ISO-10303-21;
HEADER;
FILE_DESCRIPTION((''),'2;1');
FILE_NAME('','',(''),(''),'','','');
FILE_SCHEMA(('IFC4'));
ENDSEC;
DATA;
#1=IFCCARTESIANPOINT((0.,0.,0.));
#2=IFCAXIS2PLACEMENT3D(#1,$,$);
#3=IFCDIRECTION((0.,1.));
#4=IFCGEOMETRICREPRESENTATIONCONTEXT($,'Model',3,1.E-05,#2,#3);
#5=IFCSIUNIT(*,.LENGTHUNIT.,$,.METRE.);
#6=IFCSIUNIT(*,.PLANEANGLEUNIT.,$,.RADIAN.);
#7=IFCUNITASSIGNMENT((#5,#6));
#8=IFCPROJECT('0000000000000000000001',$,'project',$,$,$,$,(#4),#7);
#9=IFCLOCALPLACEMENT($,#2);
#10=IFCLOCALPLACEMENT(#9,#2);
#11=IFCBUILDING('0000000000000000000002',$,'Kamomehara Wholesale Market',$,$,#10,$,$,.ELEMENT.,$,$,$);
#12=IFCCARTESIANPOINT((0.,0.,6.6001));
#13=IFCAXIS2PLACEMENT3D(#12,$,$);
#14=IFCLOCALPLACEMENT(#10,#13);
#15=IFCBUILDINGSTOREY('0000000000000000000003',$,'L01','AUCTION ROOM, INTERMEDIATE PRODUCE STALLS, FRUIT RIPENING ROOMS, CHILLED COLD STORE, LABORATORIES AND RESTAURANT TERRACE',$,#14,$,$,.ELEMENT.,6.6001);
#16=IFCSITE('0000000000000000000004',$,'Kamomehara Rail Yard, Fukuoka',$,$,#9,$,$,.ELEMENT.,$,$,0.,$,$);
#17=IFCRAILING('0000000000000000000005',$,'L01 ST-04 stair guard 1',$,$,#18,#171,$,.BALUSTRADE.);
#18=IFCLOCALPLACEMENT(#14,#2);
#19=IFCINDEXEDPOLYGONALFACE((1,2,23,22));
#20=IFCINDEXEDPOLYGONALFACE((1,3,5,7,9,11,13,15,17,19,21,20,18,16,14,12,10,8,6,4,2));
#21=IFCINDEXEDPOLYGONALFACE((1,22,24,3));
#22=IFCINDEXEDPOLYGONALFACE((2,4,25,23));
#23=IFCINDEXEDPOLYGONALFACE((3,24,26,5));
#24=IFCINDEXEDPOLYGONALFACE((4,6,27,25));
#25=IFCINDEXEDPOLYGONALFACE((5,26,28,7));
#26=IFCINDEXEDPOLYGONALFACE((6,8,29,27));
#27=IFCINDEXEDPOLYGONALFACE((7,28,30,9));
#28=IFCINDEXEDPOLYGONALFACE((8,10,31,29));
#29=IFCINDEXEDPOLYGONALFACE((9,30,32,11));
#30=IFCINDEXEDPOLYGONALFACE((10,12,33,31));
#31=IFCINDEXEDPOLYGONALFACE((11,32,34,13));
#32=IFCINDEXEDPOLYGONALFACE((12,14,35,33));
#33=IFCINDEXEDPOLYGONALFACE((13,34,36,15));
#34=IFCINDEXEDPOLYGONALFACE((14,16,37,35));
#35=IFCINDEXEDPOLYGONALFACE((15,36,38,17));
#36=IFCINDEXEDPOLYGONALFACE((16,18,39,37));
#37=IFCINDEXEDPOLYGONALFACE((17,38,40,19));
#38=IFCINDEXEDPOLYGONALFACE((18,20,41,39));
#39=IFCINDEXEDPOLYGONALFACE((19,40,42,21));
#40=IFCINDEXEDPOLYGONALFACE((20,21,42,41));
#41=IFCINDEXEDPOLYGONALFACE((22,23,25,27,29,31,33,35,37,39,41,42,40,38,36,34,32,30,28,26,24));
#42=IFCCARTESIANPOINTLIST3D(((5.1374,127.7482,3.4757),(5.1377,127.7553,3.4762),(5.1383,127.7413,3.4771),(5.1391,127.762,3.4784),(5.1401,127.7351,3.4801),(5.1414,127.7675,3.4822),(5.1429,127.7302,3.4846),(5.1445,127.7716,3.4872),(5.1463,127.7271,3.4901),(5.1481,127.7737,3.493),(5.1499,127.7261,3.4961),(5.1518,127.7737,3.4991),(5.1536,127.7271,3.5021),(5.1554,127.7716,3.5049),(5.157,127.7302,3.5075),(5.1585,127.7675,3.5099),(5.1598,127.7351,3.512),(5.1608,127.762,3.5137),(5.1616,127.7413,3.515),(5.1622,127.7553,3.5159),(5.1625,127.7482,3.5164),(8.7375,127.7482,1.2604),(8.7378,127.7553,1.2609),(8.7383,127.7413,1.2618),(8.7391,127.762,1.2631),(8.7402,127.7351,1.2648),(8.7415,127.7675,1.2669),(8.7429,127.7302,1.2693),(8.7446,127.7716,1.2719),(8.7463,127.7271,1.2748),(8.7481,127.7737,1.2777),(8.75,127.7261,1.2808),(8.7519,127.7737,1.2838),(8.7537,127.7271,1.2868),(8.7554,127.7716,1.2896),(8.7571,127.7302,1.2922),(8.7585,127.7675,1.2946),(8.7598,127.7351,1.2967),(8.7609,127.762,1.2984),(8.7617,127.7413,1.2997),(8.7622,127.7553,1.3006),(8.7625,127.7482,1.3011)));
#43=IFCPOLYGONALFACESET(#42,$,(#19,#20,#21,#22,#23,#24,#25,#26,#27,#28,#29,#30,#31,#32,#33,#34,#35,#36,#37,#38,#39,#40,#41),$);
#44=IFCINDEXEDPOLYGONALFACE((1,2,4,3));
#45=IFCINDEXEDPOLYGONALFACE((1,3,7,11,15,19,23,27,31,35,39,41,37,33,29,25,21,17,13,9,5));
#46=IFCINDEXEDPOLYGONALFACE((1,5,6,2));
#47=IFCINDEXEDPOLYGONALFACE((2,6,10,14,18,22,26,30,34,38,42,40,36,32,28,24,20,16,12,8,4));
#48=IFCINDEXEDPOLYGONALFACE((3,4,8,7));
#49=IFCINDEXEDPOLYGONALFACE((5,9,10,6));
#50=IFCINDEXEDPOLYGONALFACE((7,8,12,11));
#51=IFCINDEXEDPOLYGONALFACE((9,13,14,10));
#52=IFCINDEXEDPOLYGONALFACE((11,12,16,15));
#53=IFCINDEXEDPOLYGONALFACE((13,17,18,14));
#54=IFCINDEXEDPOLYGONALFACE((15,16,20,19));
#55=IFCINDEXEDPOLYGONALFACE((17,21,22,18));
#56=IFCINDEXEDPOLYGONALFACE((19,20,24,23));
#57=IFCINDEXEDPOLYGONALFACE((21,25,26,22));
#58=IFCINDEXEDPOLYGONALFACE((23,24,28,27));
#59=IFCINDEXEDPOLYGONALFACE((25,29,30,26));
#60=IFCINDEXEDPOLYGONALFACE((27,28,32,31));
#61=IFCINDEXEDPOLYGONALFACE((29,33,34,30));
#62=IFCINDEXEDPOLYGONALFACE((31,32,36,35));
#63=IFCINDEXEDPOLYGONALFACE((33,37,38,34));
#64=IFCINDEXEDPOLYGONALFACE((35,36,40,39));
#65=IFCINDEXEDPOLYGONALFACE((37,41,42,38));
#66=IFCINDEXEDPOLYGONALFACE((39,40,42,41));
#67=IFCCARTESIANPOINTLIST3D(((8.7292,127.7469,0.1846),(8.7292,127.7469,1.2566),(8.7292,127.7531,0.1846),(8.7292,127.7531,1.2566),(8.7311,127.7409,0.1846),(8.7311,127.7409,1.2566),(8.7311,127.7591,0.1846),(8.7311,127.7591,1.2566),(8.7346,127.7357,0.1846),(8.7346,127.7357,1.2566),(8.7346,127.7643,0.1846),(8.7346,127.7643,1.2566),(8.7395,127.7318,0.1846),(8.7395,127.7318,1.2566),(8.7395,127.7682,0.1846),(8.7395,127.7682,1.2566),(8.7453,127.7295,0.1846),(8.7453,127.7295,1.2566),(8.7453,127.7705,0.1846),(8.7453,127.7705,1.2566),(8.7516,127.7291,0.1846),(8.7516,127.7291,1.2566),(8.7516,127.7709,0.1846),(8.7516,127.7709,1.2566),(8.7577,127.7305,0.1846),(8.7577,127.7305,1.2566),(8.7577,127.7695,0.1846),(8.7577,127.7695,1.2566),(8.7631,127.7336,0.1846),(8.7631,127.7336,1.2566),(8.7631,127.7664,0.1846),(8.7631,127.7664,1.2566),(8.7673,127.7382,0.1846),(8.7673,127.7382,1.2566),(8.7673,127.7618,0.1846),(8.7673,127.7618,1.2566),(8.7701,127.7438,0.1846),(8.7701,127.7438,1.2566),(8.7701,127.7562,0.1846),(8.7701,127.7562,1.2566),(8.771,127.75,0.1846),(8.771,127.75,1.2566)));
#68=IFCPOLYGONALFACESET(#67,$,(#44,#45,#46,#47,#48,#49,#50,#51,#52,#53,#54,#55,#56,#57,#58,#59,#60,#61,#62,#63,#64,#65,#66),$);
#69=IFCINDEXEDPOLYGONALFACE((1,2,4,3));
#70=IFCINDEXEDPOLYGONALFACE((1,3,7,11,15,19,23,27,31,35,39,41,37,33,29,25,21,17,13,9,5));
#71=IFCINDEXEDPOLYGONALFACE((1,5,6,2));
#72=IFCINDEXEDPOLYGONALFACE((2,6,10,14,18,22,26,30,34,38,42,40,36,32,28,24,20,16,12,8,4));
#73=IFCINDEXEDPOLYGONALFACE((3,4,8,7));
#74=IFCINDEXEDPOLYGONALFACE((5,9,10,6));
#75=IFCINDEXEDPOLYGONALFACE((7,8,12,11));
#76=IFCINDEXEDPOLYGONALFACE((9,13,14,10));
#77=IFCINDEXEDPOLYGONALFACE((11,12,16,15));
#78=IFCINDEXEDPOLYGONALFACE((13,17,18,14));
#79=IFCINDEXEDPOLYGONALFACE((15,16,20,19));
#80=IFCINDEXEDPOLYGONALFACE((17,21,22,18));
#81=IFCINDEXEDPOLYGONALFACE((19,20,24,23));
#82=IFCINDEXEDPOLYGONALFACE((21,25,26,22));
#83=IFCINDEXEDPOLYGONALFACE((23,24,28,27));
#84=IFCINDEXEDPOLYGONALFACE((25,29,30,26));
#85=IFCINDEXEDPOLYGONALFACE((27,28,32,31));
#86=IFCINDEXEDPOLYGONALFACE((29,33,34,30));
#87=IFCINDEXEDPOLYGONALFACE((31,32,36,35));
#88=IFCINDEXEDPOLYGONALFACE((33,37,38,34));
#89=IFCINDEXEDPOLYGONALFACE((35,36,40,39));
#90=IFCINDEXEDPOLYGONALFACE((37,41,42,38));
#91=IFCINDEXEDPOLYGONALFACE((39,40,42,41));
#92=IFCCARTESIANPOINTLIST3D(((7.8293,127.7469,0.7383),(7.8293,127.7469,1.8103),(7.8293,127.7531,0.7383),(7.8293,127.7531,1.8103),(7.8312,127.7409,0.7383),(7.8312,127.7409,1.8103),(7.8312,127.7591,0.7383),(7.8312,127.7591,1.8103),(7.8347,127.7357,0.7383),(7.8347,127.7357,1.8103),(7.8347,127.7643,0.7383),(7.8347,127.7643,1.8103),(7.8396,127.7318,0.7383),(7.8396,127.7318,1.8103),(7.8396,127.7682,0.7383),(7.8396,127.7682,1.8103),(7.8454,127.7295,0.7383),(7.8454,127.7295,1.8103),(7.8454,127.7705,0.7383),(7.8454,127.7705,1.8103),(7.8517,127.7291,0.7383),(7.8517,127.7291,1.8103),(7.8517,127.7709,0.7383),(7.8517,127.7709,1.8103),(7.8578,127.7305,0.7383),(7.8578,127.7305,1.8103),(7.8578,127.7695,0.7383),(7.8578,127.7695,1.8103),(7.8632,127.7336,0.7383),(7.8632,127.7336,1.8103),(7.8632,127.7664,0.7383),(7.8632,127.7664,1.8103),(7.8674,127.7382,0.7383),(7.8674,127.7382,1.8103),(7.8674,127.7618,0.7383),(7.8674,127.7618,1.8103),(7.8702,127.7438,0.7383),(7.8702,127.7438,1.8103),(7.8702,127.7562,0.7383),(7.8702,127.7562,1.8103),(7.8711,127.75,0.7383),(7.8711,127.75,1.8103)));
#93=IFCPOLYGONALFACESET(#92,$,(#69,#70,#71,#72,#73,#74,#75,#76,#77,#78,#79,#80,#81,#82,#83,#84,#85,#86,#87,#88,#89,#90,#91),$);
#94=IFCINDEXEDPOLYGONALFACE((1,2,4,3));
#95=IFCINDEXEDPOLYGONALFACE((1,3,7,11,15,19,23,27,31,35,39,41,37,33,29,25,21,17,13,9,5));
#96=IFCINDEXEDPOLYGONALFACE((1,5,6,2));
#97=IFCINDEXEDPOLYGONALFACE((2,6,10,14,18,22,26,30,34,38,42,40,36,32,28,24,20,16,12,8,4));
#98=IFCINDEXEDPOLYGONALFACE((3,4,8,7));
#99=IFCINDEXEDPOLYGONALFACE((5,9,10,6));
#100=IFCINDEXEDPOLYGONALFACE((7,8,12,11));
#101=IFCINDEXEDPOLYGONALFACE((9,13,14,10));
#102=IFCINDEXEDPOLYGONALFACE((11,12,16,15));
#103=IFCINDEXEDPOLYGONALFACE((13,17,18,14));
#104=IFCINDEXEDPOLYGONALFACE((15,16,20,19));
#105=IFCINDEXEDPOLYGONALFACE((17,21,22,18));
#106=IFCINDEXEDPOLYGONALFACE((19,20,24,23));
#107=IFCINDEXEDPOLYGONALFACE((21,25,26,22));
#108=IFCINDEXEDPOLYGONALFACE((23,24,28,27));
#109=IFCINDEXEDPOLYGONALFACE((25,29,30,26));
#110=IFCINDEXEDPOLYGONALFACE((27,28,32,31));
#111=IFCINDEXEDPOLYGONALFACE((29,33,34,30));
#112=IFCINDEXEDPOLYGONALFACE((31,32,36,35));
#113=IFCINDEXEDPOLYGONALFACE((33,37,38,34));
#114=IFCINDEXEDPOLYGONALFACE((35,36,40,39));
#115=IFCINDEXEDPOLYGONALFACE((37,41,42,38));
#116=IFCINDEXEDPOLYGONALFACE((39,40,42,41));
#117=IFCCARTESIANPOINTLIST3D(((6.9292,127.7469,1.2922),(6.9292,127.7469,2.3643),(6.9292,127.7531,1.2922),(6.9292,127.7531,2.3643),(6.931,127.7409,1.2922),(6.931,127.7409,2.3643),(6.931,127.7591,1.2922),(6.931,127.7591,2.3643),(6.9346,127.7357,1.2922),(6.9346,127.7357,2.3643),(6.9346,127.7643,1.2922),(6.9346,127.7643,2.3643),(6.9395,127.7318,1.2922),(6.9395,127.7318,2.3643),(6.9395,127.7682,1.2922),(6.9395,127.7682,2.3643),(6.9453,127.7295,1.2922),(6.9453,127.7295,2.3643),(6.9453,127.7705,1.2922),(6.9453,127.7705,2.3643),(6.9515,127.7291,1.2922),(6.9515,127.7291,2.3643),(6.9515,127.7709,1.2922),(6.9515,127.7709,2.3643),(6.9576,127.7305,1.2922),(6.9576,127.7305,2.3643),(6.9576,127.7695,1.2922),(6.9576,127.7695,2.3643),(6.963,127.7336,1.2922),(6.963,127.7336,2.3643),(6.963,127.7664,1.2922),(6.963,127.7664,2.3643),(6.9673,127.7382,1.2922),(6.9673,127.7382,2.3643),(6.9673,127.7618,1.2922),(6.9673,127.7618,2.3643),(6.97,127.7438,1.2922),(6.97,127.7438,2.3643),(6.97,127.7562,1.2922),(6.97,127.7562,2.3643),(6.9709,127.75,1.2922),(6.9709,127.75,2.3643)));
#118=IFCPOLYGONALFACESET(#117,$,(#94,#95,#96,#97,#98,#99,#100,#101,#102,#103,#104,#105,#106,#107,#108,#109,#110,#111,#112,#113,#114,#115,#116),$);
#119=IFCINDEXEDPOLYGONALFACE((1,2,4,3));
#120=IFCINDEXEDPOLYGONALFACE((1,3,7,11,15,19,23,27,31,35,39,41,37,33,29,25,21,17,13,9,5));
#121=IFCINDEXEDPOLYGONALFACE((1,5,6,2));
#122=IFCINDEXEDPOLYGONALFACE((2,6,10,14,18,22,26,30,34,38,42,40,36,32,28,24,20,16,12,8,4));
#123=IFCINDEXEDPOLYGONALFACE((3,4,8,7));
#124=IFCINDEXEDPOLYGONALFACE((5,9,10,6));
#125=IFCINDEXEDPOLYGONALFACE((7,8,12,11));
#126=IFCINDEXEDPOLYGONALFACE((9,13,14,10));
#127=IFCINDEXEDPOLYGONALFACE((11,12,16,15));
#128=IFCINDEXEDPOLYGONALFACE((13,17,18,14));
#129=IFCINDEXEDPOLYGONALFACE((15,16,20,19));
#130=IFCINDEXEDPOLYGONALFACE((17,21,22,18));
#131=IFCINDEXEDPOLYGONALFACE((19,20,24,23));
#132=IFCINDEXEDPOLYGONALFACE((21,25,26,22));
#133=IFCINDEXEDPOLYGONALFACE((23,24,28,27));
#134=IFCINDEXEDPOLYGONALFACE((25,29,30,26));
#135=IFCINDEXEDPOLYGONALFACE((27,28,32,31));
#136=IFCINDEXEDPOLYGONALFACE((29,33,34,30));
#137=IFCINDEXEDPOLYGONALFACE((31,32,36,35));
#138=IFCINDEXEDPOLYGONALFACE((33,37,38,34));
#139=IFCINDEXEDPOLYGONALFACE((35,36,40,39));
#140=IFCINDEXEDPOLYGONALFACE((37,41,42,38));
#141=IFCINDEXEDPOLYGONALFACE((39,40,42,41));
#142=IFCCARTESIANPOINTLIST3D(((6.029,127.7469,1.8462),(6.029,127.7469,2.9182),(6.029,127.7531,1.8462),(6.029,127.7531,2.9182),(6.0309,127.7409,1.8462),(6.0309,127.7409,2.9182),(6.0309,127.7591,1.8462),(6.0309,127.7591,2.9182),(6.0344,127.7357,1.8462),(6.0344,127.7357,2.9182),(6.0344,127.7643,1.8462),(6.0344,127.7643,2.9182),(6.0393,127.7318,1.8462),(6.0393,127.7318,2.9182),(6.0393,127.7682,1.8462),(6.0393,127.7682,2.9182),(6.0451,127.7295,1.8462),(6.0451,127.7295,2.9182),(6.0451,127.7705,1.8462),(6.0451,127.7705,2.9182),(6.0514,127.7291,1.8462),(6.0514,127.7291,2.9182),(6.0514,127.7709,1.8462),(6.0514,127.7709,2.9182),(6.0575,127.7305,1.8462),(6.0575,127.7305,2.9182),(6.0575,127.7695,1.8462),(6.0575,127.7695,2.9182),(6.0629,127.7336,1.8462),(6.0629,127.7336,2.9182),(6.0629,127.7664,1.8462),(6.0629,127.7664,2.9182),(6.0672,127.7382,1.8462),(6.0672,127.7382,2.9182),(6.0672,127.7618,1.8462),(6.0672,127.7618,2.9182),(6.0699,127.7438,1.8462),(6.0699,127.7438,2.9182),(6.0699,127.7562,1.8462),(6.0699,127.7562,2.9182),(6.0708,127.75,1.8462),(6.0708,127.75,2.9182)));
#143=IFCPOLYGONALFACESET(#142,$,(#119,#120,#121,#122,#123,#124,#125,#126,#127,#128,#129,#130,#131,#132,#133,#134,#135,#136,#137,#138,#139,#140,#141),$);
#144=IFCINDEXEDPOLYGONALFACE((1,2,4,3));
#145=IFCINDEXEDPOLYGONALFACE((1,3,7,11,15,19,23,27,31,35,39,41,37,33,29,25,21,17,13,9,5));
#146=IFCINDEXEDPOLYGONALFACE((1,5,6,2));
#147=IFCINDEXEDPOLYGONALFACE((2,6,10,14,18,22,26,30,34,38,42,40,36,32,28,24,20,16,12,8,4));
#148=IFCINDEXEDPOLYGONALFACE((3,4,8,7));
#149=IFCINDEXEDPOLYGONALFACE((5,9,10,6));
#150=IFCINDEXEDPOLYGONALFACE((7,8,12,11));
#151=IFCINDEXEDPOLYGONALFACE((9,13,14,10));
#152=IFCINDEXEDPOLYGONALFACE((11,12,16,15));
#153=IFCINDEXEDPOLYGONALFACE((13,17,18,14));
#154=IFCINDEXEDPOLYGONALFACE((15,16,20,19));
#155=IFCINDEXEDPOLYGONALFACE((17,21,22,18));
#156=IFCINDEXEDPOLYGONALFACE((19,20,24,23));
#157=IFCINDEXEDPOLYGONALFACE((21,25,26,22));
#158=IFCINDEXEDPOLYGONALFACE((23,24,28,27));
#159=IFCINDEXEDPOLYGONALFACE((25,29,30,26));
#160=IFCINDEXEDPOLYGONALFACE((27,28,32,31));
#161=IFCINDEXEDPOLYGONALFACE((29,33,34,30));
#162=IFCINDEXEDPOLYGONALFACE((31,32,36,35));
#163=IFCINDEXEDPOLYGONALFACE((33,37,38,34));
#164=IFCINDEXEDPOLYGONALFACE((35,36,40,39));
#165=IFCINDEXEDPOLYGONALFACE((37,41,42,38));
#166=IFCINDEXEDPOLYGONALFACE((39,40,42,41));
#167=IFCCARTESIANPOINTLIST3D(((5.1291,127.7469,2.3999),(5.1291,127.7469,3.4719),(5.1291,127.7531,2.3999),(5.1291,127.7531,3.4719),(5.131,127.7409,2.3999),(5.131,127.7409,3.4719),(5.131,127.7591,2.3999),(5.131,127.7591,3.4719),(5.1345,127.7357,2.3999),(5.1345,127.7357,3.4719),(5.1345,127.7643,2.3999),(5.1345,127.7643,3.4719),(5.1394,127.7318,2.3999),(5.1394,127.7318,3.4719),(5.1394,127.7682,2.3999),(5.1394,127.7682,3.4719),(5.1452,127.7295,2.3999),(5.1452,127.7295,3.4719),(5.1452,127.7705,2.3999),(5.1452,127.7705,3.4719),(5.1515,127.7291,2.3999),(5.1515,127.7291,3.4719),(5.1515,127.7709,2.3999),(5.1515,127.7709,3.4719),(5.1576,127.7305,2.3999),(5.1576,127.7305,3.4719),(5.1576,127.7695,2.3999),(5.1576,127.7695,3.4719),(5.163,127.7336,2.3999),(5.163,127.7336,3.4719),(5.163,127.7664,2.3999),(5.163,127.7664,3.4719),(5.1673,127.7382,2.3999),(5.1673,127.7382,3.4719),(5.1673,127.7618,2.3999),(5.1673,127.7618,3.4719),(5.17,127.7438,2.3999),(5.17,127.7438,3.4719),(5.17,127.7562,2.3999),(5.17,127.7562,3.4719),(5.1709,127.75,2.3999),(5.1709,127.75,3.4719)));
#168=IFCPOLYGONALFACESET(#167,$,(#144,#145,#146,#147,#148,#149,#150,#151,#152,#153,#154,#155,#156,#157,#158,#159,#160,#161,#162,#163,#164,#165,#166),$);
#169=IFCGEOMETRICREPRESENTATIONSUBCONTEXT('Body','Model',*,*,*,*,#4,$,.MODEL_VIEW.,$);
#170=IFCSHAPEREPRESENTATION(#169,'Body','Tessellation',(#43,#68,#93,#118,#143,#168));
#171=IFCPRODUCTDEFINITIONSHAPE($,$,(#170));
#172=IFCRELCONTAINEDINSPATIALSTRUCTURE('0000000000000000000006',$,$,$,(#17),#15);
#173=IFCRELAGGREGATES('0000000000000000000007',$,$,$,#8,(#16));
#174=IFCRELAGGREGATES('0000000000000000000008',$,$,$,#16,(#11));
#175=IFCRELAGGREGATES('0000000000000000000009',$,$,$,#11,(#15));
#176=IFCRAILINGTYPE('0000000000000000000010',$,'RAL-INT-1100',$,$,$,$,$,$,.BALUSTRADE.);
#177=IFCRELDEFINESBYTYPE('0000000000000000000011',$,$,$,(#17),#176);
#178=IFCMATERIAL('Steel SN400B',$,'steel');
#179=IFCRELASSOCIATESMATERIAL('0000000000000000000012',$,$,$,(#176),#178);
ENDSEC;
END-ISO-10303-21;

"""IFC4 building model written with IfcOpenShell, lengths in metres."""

from ifc_helpers import new_model, si_unit, direction, frame, origin, origin_2d, place, context, subcontext, project, spatial, circle, extrude, material, type_object, element, save


model = new_model("IFC4")

# Units and contexts
model_context = context("Model", 3, precision=1e-05, world=origin(), true_north=direction((0.0, 1.0)))
body_context = subcontext(model_context, "Body", "Model", "MODEL_VIEW")
ifc_project = project(units=[si_unit("LENGTHUNIT", "METRE"), si_unit("PLANEANGLEUNIT", "RADIAN")], contexts=[model_context])

# Site, building, storey
site_placement = place(None, origin())
site = spatial("IfcSite", under=ifc_project, at=site_placement, Name="Kamomehara Rail Yard, Fukuoka", CompositionType="ELEMENT", RefElevation=0.0)
building_placement = place(site_placement, origin())
building = spatial("IfcBuilding", under=site, at=building_placement, Name="Kamomehara Wholesale Market", CompositionType="ELEMENT")
storey_placement = place(building_placement, frame((0.0, 0.0, 6.6001)))
storey = spatial("IfcBuildingStorey", under=building, at=storey_placement, Name="L01", Description="AUCTION ROOM, INTERMEDIATE PRODUCE STALLS, FRUIT RIPENING ROOMS, CHILLED COLD STORE, LABORATORIES AND RESTAURANT TERRACE", CompositionType="ELEMENT", Elevation=6.6001)

# Railing
ifc_material_1 = material(Name="Steel SN400B", Category="steel")
railing_type_1 = type_object("IfcRailingType", Name="RAL-INT-1100", PredefinedType="BALUSTRADE", material=ifc_material_1)
railing_1_placement = place(storey_placement, frame((8.75, 127.75, 0.1846)))
element("IfcRailing", 1, at=railing_1_placement, inside=storey, type_object=railing_type_1, Name="L01 ST-04 stair guard 1", PredefinedType="BALUSTRADE", context=body_context, shape_type="SweptSolid", body=[
    extrude(circle(Radius=0.0239, at=origin_2d()), frame((0.0, 0.0, 1.0962), z_axis=(-0.85167, 0.0, 0.524078), x_axis=(0.0, -1.0, 0.0)), (0.0, 0.0, 1.0), 4.2271),
    extrude(circle(Radius=0.021, at=origin_2d()), origin(), (0.0, 0.0, 1.0), 1.072),
    extrude(circle(Radius=0.021, at=origin_2d()), frame((-0.8999, 0.0, 0.5537)), (0.0, 0.0, 1.0), 1.072),
    extrude(circle(Radius=0.021, at=origin_2d()), frame((-1.8, 0.0, 1.1077)), (0.0, 0.0, 1.0), 1.072),
    extrude(circle(Radius=0.021, at=origin_2d()), frame((-2.7002, 0.0, 1.6616)), (0.0, 0.0, 1.0), 1.072),
    extrude(circle(Radius=0.021, at=origin_2d()), frame((-3.6001, 0.0, 2.2153)), (0.0, 0.0, 1.0), 1.072),
])

save(model, "model.ifc")
